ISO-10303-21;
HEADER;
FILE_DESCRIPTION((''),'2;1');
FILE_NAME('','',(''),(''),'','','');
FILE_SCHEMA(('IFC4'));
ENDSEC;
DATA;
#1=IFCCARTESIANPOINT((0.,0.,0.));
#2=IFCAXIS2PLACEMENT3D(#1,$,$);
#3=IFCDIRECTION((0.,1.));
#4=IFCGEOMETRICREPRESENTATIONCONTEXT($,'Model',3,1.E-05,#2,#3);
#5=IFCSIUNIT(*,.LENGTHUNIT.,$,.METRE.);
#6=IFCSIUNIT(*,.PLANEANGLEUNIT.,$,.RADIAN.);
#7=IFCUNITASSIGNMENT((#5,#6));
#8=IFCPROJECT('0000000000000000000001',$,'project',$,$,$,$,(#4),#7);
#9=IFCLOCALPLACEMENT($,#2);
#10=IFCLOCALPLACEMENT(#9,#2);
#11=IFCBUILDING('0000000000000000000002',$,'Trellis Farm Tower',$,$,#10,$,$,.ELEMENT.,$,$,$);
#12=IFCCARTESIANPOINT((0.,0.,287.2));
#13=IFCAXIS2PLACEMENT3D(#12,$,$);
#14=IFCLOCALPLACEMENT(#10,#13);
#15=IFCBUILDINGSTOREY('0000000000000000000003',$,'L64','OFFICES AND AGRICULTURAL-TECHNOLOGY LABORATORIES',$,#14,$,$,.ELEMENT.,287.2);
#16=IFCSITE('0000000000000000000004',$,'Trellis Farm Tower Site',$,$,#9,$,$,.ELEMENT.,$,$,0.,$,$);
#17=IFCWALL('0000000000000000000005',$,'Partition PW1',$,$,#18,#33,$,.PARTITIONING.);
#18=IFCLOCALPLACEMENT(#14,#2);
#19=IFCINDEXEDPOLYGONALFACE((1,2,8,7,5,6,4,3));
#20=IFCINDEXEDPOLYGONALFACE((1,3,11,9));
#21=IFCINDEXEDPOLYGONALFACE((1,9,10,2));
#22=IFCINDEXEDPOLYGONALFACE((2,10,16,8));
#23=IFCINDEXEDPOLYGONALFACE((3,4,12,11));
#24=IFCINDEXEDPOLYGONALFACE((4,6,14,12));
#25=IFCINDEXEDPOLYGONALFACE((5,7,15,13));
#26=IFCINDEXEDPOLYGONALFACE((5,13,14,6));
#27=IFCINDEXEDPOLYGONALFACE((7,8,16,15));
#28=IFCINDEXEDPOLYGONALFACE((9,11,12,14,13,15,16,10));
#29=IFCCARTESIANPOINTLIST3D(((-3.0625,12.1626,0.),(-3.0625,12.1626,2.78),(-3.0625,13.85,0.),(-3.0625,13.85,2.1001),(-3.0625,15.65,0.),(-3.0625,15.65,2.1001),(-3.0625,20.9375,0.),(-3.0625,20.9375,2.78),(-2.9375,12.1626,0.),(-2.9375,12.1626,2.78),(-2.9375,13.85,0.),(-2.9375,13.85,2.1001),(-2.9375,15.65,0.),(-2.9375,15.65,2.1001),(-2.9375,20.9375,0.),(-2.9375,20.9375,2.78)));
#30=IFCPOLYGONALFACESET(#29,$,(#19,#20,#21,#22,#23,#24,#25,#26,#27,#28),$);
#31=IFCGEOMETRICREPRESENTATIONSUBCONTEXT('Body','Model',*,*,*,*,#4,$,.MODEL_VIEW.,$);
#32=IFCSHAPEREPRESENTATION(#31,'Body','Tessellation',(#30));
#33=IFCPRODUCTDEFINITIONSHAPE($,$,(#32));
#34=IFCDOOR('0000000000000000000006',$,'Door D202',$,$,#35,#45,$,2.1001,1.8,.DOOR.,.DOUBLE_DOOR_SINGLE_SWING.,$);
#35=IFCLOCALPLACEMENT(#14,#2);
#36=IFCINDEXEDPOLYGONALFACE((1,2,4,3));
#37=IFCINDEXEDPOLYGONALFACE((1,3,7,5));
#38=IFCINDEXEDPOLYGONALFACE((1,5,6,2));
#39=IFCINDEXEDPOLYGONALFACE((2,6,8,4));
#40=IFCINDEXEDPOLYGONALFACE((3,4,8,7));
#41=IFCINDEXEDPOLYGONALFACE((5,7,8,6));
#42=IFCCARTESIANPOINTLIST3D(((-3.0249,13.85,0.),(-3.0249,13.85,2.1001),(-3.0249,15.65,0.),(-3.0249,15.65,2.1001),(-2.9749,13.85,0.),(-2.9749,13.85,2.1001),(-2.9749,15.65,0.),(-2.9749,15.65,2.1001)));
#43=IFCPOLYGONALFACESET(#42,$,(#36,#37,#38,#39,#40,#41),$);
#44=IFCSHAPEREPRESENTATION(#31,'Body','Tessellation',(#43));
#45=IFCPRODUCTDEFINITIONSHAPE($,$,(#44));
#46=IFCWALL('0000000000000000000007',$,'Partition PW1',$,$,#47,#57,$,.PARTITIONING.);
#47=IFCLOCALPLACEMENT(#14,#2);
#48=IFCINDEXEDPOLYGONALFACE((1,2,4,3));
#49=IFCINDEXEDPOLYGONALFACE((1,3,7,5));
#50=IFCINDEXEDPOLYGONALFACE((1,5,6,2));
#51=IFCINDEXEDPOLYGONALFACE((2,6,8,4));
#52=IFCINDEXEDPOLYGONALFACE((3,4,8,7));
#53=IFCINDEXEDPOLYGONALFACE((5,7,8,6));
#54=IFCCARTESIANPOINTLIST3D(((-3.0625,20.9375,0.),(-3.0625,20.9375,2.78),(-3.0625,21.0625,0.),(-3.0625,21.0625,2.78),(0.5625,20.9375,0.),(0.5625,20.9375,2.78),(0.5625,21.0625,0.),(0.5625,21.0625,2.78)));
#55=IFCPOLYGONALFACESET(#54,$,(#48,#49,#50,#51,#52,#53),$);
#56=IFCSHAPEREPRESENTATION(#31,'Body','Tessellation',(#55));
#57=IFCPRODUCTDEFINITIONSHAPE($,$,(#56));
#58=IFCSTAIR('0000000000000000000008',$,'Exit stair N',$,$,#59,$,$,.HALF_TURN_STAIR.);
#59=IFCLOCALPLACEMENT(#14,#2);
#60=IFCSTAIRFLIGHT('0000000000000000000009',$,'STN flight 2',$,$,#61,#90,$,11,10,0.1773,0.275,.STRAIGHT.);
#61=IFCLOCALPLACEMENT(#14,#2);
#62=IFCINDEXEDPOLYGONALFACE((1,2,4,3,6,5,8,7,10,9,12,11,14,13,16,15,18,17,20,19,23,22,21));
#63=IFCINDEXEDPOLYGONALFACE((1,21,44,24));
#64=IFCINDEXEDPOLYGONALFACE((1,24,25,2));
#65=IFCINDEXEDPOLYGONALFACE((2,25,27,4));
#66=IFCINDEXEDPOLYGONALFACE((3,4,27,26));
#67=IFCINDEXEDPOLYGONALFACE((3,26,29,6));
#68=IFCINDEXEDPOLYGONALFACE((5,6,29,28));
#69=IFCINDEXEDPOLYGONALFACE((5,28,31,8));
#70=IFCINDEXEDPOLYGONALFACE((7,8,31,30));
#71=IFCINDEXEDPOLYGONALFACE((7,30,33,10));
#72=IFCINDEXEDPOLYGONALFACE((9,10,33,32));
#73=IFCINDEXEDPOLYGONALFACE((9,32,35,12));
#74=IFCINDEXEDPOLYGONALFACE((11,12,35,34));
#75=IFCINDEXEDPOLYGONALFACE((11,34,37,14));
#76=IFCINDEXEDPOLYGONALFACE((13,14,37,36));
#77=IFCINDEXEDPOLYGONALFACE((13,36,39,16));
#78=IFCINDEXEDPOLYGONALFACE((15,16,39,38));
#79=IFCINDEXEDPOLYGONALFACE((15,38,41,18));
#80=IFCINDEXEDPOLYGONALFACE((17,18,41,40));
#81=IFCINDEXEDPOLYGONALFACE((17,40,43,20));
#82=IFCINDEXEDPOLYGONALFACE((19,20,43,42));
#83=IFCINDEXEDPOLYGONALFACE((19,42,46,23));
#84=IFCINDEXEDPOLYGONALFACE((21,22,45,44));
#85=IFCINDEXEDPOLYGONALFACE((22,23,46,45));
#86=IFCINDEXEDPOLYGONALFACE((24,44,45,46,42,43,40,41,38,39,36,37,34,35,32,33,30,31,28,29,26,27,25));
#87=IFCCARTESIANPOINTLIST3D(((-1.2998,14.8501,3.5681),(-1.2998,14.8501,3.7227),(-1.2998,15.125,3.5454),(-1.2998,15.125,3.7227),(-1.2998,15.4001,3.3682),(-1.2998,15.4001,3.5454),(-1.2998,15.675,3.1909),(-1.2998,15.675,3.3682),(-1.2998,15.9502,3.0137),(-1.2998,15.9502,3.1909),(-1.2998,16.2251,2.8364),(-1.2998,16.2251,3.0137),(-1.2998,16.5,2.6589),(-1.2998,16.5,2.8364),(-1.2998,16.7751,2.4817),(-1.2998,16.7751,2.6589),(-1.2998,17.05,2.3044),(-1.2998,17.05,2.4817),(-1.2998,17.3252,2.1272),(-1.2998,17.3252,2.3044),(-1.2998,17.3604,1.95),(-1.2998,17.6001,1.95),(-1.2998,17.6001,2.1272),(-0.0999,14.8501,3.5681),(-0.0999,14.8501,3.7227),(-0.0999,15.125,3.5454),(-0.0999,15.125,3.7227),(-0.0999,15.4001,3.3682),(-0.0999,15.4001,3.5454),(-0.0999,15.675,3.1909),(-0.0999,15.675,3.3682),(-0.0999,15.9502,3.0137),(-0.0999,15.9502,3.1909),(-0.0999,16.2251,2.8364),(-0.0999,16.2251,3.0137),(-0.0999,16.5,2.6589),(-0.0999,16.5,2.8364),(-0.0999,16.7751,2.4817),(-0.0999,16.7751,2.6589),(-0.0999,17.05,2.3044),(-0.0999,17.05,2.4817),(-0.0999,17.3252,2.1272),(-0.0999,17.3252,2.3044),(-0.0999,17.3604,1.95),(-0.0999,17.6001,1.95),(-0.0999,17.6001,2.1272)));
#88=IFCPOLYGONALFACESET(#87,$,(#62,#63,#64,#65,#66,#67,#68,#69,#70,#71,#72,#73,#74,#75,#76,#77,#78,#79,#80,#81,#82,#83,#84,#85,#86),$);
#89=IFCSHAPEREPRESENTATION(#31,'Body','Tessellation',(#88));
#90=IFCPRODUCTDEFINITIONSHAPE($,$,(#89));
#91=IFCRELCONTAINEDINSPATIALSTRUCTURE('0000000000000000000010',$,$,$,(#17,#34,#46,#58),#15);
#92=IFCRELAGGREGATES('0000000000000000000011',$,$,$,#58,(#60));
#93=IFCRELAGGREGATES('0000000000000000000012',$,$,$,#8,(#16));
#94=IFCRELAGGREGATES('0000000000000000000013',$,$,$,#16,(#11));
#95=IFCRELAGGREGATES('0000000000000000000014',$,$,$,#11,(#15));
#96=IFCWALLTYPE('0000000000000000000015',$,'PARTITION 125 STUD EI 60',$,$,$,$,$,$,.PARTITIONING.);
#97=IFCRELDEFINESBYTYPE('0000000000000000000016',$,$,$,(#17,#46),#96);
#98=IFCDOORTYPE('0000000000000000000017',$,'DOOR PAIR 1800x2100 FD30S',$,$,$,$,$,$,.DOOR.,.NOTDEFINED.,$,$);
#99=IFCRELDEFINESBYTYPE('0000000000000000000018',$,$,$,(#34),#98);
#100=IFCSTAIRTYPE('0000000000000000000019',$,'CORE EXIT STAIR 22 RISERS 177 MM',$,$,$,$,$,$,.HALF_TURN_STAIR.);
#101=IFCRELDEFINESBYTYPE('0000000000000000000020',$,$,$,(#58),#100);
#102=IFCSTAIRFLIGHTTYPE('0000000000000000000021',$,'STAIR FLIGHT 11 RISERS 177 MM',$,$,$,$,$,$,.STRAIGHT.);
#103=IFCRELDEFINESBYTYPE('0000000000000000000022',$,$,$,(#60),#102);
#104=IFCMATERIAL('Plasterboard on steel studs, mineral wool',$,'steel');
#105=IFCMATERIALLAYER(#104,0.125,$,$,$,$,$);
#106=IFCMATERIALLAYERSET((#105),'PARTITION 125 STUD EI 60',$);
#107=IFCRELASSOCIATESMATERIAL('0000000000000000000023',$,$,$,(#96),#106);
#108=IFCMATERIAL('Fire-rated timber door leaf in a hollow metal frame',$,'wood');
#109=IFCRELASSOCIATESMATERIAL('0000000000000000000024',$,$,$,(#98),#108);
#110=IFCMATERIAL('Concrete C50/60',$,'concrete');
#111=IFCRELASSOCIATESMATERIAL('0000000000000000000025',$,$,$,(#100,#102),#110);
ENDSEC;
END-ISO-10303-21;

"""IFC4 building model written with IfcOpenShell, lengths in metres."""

from ifc_helpers import new_model, si_unit, direction, frame, frame_2d, origin, place, context, subcontext, project, spatial, polyline, rectangle, outline, extrude, source, transform, mapped, material, layer, layer_set, type_object, element, fill, aggregate, save


model = new_model("IFC4")

# Units and contexts
model_context = context("Model", 3, precision=1e-05, world=origin(), true_north=direction((0.0, 1.0)))
body_context = subcontext(model_context, "Body", "Model", "MODEL_VIEW")
ifc_project = project(units=[si_unit("LENGTHUNIT", "METRE"), si_unit("PLANEANGLEUNIT", "RADIAN")], contexts=[model_context])

# Site, building, storey
site_placement = place(None, origin())
site = spatial("IfcSite", under=ifc_project, at=site_placement, Name="Trellis Farm Tower Site", CompositionType="ELEMENT", RefElevation=0.0)
building_placement = place(site_placement, origin())
building = spatial("IfcBuilding", under=site, at=building_placement, Name="Trellis Farm Tower", CompositionType="ELEMENT")
storey_placement = place(building_placement, frame((0.0, 0.0, 287.2)))
storey = spatial("IfcBuildingStorey", under=building, at=storey_placement, Name="L64", Description="OFFICES AND AGRICULTURAL-TECHNOLOGY LABORATORIES", CompositionType="ELEMENT", Elevation=287.2)

# Shared definitions
placement_1 = place(storey_placement, origin())

# Shared definitions
ifc_material_1 = material(Name="Concrete C50/60", Category="concrete")

# Shared definitions
ifc_material_2 = material(Name="Plasterboard on steel studs, mineral wool", Category="steel")
ifc_layer_1 = layer(ifc_material_2, 0.125)
ifc_layer_set_1 = layer_set([ifc_layer_1], Name="PARTITION 125 STUD EI 60")
wall_type_1 = type_object("IfcWallType", Name="PARTITION 125 STUD EI 60", PredefinedType="PARTITIONING", material=ifc_layer_set_1)

# Wall, opening, door
shared_shape_1 = source(origin(), body_context, "Body", "SweptSolid", [
    extrude(rectangle(XDim=8.7749, YDim=0.125, at=frame_2d((4.3875, 0.0))), origin(), (0.0, 0.0, 1.0), 2.78),
])
wall_1_placement = place(storey_placement, frame((-3.0, 12.1626, 0.0), z_axis=(0.0, 0.0, 1.0), x_axis=(0.0, 1.0, 0.0)))
wall_1 = element("IfcWall", 1, at=wall_1_placement, inside=storey, type_object=wall_type_1, Name="Partition PW1", PredefinedType="PARTITIONING", context=body_context, shape_type="MappedRepresentation", body=[
    mapped(shared_shape_1, transform((0.0, 0.0, 0.0))),
])
shared_shape_2 = source(origin(), body_context, "Body", "SweptSolid", [
    extrude(rectangle(XDim=1.8, YDim=2.1001, at=frame_2d((0.8999, 1.05))), frame((0.0, 0.0725, 0.0), z_axis=(0.0, -1.0, 0.0), x_axis=(1.0, 0.0, 0.0)), (0.0, 0.0, 1.0), 0.145),
])
opening_1_placement = place(wall_1_placement, frame((1.6875, 0.0, 0.0)))
opening_1 = element("IfcOpeningElement", 2, at=opening_1_placement, cuts=wall_1, PredefinedType="OPENING", context=body_context, shape_type="MappedRepresentation", body=[
    mapped(shared_shape_2, transform((0.0, 0.0, 0.0))),
])
ifc_material_3 = material(Name="Fire-rated timber door leaf in a hollow metal frame", Category="wood")
door_type_1 = type_object("IfcDoorType", Name="DOOR PAIR 1800x2100 FD30S", OperationType="NOTDEFINED", PredefinedType="DOOR", material=ifc_material_3)
shared_shape_3 = source(origin(), body_context, "Body", "SweptSolid", [
    extrude(rectangle(XDim=1.8, YDim=2.1001, at=frame_2d((0.8999, 1.05))), frame((0.0, 0.0249, 0.0), z_axis=(0.0, -1.0, 0.0), x_axis=(1.0, 0.0, 0.0)), (0.0, 0.0, 1.0), 0.05),
])
door_1_placement = place(opening_1_placement, origin())
door_1 = element("IfcDoor", 3, at=door_1_placement, inside=storey, type_object=door_type_1, Name="Door D202", OperationType="DOUBLE_DOOR_SINGLE_SWING", OverallHeight=2.1001, OverallWidth=1.8, PredefinedType="DOOR", context=body_context, shape_type="MappedRepresentation", body=[
    mapped(shared_shape_3, transform((0.0, 0.0, 0.0))),
])
fill(opening_1, door_1)

# Wall
shared_shape_4 = source(origin(), body_context, "Body", "SweptSolid", [
    extrude(rectangle(XDim=3.625, YDim=0.125, at=frame_2d((1.8125, 0.0))), origin(), (0.0, 0.0, 1.0), 2.78),
])
wall_2_placement = place(storey_placement, frame((-3.0625, 21.0, 0.0), z_axis=(0.0, 0.0, 1.0), x_axis=(1.0, 0.0, 0.0)))
element("IfcWall", 4, at=wall_2_placement, inside=storey, type_object=wall_type_1, Name="Partition PW1", PredefinedType="PARTITIONING", context=body_context, shape_type="MappedRepresentation", body=[
    mapped(shared_shape_4, transform((0.0, 0.0, 0.0))),
])

# Stair, stair flight
stair_type = type_object("IfcStairType", Name="CORE EXIT STAIR 22 RISERS 177 MM", PredefinedType="HALF_TURN_STAIR", material=ifc_material_1)
stair = element("IfcStair", 5, at=placement_1, inside=storey, type_object=stair_type, Name="Exit stair N", PredefinedType="HALF_TURN_STAIR")
stair_flight_type = type_object("IfcStairFlightType", Name="STAIR FLIGHT 11 RISERS 177 MM", PredefinedType="STRAIGHT", material=ifc_material_1)
shared_shape_5 = source(origin(), body_context, "Body", "SweptSolid", [
    extrude(outline(polyline([(0.0, 0.0), (0.0, 0.1772), (0.2749, 0.1772), (0.2749, 0.3545), (0.55, 0.3545), (0.55, 0.5317), (0.825, 0.5317), (0.825, 0.709), (1.1001, 0.709), (1.1001, 0.8865), (1.375, 0.8865), (1.375, 1.0637), (1.6499, 1.0637), (1.6499, 1.241), (1.925, 1.241), (1.925, 1.4182), (2.2, 1.4182), (2.2, 1.5955), (2.4751, 1.5955), (2.4751, 1.7727), (2.75, 1.7727), (2.75, 1.95), (2.75, 1.6182), (0.2397, 0.0), (0.0, 0.0)])), frame((0.0, 0.6001, 0.0), z_axis=(0.0, -1.0, 0.0), x_axis=(1.0, 0.0, 0.0)), (0.0, 0.0, 1.0), 1.2),
])
stair_flight_placement = place(storey_placement, frame((-0.7, 17.6001, 1.95), z_axis=(0.0, 0.0, 1.0), x_axis=(0.0, -1.0, 0.0)))
stair_flight = element("IfcStairFlight", 6, at=stair_flight_placement, type_object=stair_flight_type, Name="STN flight 2", NumberOfRisers=11, NumberOfTreads=10, PredefinedType="STRAIGHT", RiserHeight=0.1773, TreadLength=0.275, context=body_context, shape_type="MappedRepresentation", body=[
    mapped(shared_shape_5, transform((0.0, 0.0, 0.0))),
])
aggregate(stair, [stair_flight])

save(model, "model.ifc")
